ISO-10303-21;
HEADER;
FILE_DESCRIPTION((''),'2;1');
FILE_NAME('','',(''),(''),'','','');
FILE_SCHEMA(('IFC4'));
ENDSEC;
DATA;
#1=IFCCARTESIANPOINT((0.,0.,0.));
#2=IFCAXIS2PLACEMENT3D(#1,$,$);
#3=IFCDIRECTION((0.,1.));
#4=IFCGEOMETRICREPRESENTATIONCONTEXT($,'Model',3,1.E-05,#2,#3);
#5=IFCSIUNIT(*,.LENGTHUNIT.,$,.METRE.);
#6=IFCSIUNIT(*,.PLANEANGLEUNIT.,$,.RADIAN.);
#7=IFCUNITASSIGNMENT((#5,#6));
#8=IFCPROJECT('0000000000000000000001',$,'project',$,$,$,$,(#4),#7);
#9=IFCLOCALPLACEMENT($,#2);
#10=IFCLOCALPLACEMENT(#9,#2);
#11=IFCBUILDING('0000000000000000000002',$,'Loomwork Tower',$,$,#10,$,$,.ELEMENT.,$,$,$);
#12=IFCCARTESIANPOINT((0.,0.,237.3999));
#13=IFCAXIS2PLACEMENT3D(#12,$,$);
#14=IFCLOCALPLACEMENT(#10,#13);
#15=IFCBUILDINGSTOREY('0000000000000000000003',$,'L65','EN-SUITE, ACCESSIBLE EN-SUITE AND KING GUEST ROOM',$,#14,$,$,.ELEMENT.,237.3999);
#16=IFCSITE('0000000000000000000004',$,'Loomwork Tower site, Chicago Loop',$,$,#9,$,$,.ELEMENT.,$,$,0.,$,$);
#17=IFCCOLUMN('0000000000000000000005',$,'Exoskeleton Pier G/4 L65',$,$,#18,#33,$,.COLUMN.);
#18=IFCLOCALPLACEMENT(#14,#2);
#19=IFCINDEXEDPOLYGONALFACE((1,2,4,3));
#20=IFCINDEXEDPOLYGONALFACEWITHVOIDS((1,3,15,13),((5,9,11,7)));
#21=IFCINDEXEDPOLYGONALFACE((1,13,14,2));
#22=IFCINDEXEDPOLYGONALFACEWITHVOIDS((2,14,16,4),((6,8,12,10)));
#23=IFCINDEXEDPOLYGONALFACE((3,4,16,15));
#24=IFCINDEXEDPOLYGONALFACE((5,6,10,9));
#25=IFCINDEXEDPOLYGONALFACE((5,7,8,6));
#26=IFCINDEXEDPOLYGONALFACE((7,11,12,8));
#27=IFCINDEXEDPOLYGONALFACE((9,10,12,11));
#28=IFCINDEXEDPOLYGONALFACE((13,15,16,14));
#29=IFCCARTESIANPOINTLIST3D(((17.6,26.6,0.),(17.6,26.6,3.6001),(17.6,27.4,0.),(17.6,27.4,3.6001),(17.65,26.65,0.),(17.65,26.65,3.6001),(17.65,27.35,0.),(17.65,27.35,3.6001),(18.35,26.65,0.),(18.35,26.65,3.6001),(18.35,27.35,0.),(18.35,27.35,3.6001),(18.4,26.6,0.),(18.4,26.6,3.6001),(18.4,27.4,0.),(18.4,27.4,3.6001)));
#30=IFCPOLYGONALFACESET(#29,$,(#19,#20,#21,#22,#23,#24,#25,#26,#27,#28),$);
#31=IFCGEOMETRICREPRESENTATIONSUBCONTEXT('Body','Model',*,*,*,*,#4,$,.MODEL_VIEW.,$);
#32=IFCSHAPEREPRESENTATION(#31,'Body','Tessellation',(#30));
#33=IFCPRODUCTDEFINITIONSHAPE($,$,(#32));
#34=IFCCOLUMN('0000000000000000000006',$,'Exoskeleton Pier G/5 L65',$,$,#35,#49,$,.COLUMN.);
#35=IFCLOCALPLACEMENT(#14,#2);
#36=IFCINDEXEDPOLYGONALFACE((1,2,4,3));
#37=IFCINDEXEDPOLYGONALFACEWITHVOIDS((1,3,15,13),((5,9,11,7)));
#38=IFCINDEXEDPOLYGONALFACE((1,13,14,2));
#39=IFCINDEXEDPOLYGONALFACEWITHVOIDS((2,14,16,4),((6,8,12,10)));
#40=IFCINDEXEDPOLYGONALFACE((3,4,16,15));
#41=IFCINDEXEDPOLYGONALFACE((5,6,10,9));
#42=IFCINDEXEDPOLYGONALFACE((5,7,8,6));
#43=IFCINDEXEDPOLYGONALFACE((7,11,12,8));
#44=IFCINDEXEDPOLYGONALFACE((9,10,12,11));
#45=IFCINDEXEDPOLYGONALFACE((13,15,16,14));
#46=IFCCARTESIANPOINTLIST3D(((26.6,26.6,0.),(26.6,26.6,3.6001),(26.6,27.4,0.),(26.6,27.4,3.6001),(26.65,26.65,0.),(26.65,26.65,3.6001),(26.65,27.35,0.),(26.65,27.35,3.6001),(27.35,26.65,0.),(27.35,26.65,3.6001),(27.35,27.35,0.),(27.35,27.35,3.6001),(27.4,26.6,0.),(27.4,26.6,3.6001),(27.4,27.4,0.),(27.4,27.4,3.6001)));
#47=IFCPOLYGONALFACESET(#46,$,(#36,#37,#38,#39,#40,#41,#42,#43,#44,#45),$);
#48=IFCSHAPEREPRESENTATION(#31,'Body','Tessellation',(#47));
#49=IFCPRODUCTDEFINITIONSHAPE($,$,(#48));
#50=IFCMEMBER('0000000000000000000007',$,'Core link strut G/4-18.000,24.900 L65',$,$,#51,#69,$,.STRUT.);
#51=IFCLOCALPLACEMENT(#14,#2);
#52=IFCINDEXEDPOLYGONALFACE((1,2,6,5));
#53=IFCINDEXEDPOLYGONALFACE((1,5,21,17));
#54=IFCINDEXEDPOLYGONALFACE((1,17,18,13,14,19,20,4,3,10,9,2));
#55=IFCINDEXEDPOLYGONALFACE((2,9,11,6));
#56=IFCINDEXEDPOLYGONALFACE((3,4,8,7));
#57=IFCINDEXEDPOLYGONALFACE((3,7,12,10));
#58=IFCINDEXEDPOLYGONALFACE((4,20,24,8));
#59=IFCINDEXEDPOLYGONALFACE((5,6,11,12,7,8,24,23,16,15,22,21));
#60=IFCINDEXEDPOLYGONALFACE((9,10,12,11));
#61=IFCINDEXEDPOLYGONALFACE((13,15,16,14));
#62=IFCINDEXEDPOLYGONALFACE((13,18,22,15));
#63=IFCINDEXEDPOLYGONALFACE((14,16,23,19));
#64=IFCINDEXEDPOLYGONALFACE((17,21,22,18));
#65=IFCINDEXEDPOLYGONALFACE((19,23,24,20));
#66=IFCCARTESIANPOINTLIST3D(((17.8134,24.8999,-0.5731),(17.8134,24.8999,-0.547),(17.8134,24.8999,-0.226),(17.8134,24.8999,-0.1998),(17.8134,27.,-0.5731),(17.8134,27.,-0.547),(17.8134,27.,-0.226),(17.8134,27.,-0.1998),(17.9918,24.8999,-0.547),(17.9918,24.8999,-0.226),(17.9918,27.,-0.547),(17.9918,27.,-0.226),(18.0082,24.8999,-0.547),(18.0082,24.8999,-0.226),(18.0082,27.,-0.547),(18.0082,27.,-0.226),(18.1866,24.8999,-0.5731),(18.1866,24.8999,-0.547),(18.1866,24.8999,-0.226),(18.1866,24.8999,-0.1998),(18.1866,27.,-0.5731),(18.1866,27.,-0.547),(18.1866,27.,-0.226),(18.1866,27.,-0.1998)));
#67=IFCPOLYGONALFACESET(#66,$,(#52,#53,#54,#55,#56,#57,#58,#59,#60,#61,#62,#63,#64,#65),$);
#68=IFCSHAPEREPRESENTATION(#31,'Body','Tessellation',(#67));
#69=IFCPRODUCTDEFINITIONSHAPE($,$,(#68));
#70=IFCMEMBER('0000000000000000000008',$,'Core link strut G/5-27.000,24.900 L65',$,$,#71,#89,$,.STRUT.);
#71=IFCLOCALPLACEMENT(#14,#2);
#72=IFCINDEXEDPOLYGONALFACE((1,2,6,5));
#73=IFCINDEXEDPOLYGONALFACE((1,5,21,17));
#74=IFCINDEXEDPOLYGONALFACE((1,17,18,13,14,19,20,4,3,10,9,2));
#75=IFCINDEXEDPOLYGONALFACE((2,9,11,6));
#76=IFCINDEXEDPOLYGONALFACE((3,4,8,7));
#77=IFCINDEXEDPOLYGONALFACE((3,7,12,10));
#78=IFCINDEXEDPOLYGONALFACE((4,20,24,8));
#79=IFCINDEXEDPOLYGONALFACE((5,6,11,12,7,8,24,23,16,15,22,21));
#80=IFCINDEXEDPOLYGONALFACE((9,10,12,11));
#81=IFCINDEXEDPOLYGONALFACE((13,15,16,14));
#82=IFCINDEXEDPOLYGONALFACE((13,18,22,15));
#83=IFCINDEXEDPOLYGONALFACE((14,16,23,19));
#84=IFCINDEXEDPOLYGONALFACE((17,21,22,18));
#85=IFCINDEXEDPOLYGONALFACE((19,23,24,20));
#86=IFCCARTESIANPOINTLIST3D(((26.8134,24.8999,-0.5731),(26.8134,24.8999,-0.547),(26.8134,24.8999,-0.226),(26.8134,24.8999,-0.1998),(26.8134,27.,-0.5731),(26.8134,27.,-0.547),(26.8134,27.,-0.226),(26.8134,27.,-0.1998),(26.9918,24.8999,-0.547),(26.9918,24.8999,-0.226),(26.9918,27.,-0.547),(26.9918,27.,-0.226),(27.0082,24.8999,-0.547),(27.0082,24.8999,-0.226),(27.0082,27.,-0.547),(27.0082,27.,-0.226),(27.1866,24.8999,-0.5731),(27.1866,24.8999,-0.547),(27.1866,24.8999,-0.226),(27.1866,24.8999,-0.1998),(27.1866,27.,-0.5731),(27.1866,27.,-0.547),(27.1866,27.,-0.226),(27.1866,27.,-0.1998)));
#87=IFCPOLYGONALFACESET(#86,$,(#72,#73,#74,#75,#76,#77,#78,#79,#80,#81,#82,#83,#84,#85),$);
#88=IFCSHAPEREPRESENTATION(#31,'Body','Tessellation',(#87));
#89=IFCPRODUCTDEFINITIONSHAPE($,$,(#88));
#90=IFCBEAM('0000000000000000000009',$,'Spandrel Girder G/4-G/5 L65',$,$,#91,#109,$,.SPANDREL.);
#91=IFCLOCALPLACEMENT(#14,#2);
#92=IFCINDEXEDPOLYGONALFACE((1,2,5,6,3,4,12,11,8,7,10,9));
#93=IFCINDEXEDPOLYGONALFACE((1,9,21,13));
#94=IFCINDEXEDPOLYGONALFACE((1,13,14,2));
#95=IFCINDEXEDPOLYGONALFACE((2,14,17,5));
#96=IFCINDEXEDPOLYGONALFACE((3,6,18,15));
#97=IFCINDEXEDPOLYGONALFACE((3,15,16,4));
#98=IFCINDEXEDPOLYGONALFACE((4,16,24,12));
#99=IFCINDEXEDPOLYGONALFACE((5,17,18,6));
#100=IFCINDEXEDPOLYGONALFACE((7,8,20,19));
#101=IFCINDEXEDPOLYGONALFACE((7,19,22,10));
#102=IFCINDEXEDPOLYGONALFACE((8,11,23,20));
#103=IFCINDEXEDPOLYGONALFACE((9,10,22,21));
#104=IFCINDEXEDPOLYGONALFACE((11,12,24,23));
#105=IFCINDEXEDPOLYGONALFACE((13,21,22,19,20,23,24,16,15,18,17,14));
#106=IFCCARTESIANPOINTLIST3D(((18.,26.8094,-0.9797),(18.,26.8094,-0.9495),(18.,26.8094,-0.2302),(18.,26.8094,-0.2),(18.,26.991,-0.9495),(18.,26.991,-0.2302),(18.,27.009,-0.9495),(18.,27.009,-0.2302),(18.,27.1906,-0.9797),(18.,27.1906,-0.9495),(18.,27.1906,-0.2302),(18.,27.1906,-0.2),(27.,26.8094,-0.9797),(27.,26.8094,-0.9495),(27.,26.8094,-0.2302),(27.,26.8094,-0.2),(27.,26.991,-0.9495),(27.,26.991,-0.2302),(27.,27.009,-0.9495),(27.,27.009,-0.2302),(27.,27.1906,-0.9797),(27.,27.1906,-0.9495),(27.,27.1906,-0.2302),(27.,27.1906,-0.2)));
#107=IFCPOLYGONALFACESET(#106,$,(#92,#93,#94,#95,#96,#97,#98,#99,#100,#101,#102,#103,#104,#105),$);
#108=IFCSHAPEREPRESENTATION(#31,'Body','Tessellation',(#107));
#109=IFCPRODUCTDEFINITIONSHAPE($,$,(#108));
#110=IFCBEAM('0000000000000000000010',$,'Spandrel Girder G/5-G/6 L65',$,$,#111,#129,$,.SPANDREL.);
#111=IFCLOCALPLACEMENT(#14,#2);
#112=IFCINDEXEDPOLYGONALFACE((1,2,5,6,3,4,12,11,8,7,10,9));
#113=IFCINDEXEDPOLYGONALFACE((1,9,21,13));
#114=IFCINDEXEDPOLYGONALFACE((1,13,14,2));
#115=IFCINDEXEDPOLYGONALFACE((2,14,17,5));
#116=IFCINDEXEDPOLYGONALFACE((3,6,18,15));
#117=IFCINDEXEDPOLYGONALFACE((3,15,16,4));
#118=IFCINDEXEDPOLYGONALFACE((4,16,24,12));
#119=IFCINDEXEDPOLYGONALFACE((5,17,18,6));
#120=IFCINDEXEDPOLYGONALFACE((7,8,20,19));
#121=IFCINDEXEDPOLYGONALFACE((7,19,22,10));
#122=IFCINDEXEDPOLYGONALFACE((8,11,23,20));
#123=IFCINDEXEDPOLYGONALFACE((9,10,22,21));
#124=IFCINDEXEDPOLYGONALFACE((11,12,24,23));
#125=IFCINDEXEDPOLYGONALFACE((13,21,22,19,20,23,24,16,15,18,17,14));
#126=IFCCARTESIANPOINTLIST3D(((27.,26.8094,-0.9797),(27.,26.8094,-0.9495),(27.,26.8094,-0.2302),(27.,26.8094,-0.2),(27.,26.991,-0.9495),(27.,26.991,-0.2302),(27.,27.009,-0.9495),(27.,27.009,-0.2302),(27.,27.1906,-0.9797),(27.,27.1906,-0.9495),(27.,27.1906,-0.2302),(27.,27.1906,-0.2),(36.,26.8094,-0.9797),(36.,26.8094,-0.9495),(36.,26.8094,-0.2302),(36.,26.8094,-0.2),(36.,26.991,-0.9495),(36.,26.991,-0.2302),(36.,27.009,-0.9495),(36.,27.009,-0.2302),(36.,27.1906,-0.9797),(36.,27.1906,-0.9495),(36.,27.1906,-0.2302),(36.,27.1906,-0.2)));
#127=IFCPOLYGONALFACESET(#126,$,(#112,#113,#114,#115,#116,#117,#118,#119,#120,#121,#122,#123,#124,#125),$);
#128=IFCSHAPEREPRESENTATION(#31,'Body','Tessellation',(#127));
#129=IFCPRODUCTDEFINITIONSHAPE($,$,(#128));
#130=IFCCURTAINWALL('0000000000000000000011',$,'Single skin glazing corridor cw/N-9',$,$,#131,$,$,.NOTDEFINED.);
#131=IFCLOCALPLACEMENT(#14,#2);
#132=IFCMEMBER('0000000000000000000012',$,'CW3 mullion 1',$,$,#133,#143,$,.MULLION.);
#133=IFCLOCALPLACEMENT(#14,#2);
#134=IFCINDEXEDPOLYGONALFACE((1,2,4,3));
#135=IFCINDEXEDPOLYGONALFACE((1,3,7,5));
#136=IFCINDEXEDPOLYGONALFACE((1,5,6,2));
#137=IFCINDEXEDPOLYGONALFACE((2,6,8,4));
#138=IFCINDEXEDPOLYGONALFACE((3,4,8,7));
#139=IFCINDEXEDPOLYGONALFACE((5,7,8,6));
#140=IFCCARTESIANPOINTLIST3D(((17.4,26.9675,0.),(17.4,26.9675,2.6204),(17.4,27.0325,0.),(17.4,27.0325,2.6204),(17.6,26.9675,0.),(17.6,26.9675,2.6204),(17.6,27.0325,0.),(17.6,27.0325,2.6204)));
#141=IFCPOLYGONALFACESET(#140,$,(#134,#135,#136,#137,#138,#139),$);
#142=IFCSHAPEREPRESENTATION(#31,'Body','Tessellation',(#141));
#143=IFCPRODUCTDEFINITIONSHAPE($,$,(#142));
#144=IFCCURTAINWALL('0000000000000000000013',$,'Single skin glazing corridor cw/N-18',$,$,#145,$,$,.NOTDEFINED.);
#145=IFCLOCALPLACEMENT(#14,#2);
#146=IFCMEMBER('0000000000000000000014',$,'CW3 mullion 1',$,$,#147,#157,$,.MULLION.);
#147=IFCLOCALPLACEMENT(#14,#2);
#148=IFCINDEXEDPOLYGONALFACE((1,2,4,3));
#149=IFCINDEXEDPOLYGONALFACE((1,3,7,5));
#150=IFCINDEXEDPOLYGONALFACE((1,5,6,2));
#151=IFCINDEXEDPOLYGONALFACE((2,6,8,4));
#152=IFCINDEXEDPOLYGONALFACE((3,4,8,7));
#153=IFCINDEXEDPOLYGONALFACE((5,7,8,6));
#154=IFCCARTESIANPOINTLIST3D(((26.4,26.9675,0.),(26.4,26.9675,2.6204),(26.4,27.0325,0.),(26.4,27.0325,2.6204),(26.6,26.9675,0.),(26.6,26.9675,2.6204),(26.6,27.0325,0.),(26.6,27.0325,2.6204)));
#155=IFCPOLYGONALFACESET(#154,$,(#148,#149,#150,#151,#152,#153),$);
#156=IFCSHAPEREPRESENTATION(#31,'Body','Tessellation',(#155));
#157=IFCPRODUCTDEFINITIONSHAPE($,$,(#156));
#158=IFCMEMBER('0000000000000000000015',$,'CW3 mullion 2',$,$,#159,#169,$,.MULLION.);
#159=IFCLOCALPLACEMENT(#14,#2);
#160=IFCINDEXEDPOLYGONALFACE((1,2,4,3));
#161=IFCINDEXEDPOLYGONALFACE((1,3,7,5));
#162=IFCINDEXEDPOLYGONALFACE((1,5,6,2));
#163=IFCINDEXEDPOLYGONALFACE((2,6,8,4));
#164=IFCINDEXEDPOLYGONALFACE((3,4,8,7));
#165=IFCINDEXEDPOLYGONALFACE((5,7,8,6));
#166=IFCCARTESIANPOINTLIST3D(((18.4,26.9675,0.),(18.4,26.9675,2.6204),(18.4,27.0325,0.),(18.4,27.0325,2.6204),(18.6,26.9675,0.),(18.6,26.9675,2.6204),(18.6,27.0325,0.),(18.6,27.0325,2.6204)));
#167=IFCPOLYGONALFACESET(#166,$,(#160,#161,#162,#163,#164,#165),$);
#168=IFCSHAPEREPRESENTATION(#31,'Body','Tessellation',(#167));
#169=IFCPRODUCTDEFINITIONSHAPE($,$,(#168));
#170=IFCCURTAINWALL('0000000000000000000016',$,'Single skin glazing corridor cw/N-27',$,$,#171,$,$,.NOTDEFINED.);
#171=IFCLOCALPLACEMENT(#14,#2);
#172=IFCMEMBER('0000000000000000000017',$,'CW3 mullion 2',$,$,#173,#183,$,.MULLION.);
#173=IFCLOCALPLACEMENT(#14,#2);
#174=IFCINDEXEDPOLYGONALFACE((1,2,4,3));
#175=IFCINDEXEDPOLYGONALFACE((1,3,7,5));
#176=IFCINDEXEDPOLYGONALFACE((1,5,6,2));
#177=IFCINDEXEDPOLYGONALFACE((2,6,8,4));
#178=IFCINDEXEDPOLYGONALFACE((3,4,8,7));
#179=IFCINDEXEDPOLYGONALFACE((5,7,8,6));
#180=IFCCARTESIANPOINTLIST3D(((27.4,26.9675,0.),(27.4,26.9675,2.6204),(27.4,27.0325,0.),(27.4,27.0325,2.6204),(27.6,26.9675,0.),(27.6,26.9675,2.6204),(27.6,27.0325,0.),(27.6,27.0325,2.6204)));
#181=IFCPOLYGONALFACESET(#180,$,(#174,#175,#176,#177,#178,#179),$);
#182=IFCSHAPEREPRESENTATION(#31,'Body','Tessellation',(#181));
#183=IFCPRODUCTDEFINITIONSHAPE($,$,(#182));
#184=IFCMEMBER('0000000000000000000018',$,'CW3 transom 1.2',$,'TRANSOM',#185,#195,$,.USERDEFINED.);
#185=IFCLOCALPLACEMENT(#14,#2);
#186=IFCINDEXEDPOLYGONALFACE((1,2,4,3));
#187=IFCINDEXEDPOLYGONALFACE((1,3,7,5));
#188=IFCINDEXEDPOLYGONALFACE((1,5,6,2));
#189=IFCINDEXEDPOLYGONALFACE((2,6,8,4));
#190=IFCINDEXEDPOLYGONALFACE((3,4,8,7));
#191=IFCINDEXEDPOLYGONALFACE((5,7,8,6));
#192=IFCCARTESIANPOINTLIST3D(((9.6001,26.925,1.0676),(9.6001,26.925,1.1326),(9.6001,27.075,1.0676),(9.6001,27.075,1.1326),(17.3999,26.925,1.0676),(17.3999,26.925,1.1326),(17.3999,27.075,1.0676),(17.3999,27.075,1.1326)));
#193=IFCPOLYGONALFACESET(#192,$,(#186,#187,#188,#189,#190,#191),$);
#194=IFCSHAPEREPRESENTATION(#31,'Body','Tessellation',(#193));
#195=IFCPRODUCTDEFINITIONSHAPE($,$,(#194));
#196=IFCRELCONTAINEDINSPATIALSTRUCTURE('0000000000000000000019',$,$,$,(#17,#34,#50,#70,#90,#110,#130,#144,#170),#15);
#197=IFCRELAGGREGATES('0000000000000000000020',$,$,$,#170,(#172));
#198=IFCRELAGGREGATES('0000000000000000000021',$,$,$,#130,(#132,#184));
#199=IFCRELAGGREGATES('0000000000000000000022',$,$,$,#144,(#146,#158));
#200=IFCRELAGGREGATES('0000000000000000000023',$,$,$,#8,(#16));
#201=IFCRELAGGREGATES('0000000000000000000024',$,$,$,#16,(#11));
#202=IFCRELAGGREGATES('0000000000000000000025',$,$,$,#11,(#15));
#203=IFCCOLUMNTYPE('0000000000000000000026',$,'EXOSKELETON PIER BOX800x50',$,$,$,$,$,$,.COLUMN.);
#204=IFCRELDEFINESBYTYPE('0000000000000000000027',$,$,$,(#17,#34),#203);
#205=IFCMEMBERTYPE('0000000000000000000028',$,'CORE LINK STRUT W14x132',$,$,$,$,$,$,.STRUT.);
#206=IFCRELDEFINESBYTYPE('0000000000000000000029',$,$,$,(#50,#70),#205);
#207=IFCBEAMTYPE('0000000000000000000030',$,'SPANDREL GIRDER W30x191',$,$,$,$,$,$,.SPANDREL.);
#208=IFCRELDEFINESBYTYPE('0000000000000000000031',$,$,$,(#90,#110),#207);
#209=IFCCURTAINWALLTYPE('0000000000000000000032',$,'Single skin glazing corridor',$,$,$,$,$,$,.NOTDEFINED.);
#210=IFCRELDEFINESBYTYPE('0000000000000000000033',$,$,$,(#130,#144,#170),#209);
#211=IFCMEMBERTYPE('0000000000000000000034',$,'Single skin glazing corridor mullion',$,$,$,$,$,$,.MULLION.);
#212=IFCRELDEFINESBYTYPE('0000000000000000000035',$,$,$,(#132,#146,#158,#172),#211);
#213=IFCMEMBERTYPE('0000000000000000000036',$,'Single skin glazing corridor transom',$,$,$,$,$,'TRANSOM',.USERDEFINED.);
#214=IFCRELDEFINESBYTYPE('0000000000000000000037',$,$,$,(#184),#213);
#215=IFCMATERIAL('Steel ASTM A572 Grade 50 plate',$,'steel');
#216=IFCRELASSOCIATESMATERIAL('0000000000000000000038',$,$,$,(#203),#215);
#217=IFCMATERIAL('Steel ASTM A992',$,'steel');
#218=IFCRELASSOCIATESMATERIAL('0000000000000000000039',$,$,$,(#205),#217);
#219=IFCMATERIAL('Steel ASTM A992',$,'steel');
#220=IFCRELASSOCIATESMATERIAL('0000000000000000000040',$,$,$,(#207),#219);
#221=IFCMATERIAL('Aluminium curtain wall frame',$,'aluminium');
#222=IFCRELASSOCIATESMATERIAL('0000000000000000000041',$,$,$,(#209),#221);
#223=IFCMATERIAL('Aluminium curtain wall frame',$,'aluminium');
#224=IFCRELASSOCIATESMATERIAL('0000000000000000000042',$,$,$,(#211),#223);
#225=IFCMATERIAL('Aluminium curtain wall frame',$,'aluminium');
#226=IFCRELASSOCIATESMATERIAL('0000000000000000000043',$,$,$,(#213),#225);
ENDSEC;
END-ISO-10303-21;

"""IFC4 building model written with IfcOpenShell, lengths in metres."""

from ifc_helpers import new_model, si_unit, direction, frame, origin, origin_2d, place, context, subcontext, project, spatial, rectangle, hollow_rectangle, i_section, extrude, material, material_profile, profile_set, type_object, element, aggregate, save


model = new_model("IFC4")

# Units and contexts
model_context = context("Model", 3, precision=1e-05, world=origin(), true_north=direction((0.0, 1.0)))
body_context = subcontext(model_context, "Body", "Model", "MODEL_VIEW")
ifc_project = project(units=[si_unit("LENGTHUNIT", "METRE"), si_unit("PLANEANGLEUNIT", "RADIAN")], contexts=[model_context])

# Site, building, storey
site_placement = place(None, origin())
site = spatial("IfcSite", under=ifc_project, at=site_placement, Name="Loomwork Tower site, Chicago Loop", CompositionType="ELEMENT", RefElevation=0.0)
building_placement = place(site_placement, origin())
building = spatial("IfcBuilding", under=site, at=building_placement, Name="Loomwork Tower", CompositionType="ELEMENT")
storey_placement = place(building_placement, frame((0.0, 0.0, 237.3999)))
storey = spatial("IfcBuildingStorey", under=building, at=storey_placement, Name="L65", Description="EN-SUITE, ACCESSIBLE EN-SUITE AND KING GUEST ROOM", CompositionType="ELEMENT", Elevation=237.3999)

# Columns
ifc_material_1 = material(Name="Steel ASTM A572 Grade 50 plate", Category="steel")
ifc_material_profile_1 = material_profile(ifc_material_1, hollow_rectangle(XDim=0.8, YDim=0.8, WallThickness=0.05, at=origin_2d()), Name="BOX800x50")
ifc_profile_set_1 = profile_set([ifc_material_profile_1], Name="Steel ASTM A572 Grade 50 plate")
column_type = type_object("IfcColumnType", Name="EXOSKELETON PIER BOX800x50", PredefinedType="COLUMN", material=ifc_profile_set_1)
for number, where, z_axis, x_axis, name in (
    (1, (18.0, 27.0, 0.0), (0.0, 0.0, 1.0), (1.0, 0.0, 0.0), "Exoskeleton Pier G/4 L65"),
    (2, (27.0, 27.0, 0.0), (0.0, 0.0, 1.0), (1.0, 0.0, 0.0), "Exoskeleton Pier G/5 L65"),
):
    element("IfcColumn", number, at=place(storey_placement, frame(where, z_axis=z_axis, x_axis=x_axis)), inside=storey, type_object=column_type, Name=name, PredefinedType="COLUMN", context=body_context, shape_type="SweptSolid", body=[
        extrude(hollow_rectangle(XDim=0.8, YDim=0.8, WallThickness=0.05, at=origin_2d()), origin(), (0.0, 0.0, 1.0), 3.6001),
    ])

# Members
ifc_material_2 = material(Name="Steel ASTM A992", Category="steel")
ifc_material_profile_2 = material_profile(ifc_material_2, i_section(OverallWidth=0.3733, OverallDepth=0.3733, WebThickness=0.0164, FlangeThickness=0.0261, at=origin_2d()), Name="W14x132")
ifc_profile_set_2 = profile_set([ifc_material_profile_2], Name="Steel ASTM A992")
member_type_1 = type_object("IfcMemberType", Name="CORE LINK STRUT W14x132", PredefinedType="STRUT", material=ifc_profile_set_2)
for number, where, z_axis, x_axis, name in (
    (3, (18.0, 27.0, -0.3865), (0.0, -1.0, 0.0), (1.0, 0.0, 0.0), "Core link strut G/4-18.000,24.900 L65"),
    (4, (27.0, 27.0, -0.3865), (0.0, -1.0, 0.0), (1.0, 0.0, 0.0), "Core link strut G/5-27.000,24.900 L65"),
):
    element("IfcMember", number, at=place(storey_placement, frame(where, z_axis=z_axis, x_axis=x_axis)), inside=storey, type_object=member_type_1, Name=name, PredefinedType="STRUT", context=body_context, shape_type="SweptSolid", body=[
        extrude(i_section(OverallWidth=0.3733, OverallDepth=0.3733, WebThickness=0.0164, FlangeThickness=0.0261, at=origin_2d()), origin(), (0.0, 0.0, 1.0), 2.1001),
    ])

# Beams
ifc_material_3 = material(Name="Steel ASTM A992", Category="steel")
ifc_material_profile_3 = material_profile(ifc_material_3, i_section(OverallWidth=0.3811, OverallDepth=0.7798, WebThickness=0.0181, FlangeThickness=0.0303, at=origin_2d()), Name="W30x191")
ifc_profile_set_3 = profile_set([ifc_material_profile_3], Name="Steel ASTM A992")
beam_type = type_object("IfcBeamType", Name="SPANDREL GIRDER W30x191", PredefinedType="SPANDREL", material=ifc_profile_set_3)
for number, where, z_axis, x_axis, name in (
    (5, (18.0, 27.0, -0.5898), (1.0, 0.0, 0.0), (0.0, 1.0, 0.0), "Spandrel Girder G/4-G/5 L65"),
    (6, (27.0, 27.0, -0.5898), (1.0, 0.0, 0.0), (0.0, 1.0, 0.0), "Spandrel Girder G/5-G/6 L65"),
):
    element("IfcBeam", number, at=place(storey_placement, frame(where, z_axis=z_axis, x_axis=x_axis)), inside=storey, type_object=beam_type, Name=name, PredefinedType="SPANDREL", context=body_context, shape_type="SweptSolid", body=[
        extrude(i_section(OverallWidth=0.3811, OverallDepth=0.7798, WebThickness=0.0181, FlangeThickness=0.0303, at=origin_2d()), origin(), (0.0, 0.0, 1.0), 9.0),
    ])

# Curtain wall, member
ifc_material_4 = material(Name="Aluminium curtain wall frame", Category="aluminium")
curtain_wall_type = type_object("IfcCurtainWallType", Name="Single skin glazing corridor", PredefinedType="NOTDEFINED", material=ifc_material_4)
curtain_wall_1_placement = place(storey_placement, origin())
curtain_wall_1 = element("IfcCurtainWall", 7, at=curtain_wall_1_placement, inside=storey, type_object=curtain_wall_type, Name="Single skin glazing corridor cw/N-9", PredefinedType="NOTDEFINED")
ifc_material_5 = material(Name="Aluminium curtain wall frame", Category="aluminium")
ifc_material_profile_4 = material_profile(ifc_material_5, rectangle(XDim=0.0649, YDim=0.2, at=origin_2d()), Name="AL 65x200")
ifc_profile_set_4 = profile_set([ifc_material_profile_4], Name="Aluminium curtain wall frame")
member_type_2 = type_object("IfcMemberType", Name="Single skin glazing corridor mullion", PredefinedType="MULLION", material=ifc_profile_set_4)
member_1_placement = place(storey_placement, frame((17.5, 27.0, 0.0), z_axis=(0.0, 0.0, 1.0), x_axis=(0.0, -1.0, 0.0)))
member_1 = element("IfcMember", 8, at=member_1_placement, type_object=member_type_2, Name="CW3 mullion 1", PredefinedType="MULLION", context=body_context, shape_type="SweptSolid", body=[
    extrude(rectangle(XDim=0.0649, YDim=0.2, at=origin_2d()), origin(), (0.0, 0.0, 1.0), 2.6204),
])

# Curtain wall, members
curtain_wall_2_placement = place(storey_placement, origin())
curtain_wall_2 = element("IfcCurtainWall", 9, at=curtain_wall_2_placement, inside=storey, type_object=curtain_wall_type, Name="Single skin glazing corridor cw/N-18", PredefinedType="NOTDEFINED")
member_2_placement = place(storey_placement, frame((26.5, 27.0, 0.0), z_axis=(0.0, 0.0, 1.0), x_axis=(0.0, -1.0, 0.0)))
member_2 = element("IfcMember", 10, at=member_2_placement, type_object=member_type_2, Name="CW3 mullion 1", PredefinedType="MULLION", context=body_context, shape_type="SweptSolid", body=[
    extrude(rectangle(XDim=0.0649, YDim=0.2, at=origin_2d()), origin(), (0.0, 0.0, 1.0), 2.6204),
])
member_3_placement = place(storey_placement, frame((18.5, 27.0, 0.0), z_axis=(0.0, 0.0, 1.0), x_axis=(0.0, -1.0, 0.0)))
member_3 = element("IfcMember", 11, at=member_3_placement, type_object=member_type_2, Name="CW3 mullion 2", PredefinedType="MULLION", context=body_context, shape_type="SweptSolid", body=[
    extrude(rectangle(XDim=0.0649, YDim=0.2, at=origin_2d()), origin(), (0.0, 0.0, 1.0), 2.6204),
])

# Curtain wall, member
curtain_wall_3_placement = place(storey_placement, origin())
curtain_wall_3 = element("IfcCurtainWall", 12, at=curtain_wall_3_placement, inside=storey, type_object=curtain_wall_type, Name="Single skin glazing corridor cw/N-27", PredefinedType="NOTDEFINED")
member_4_placement = place(storey_placement, frame((27.5, 27.0, 0.0), z_axis=(0.0, 0.0, 1.0), x_axis=(0.0, -1.0, 0.0)))
member_4 = element("IfcMember", 13, at=member_4_placement, type_object=member_type_2, Name="CW3 mullion 2", PredefinedType="MULLION", context=body_context, shape_type="SweptSolid", body=[
    extrude(rectangle(XDim=0.0649, YDim=0.2, at=origin_2d()), origin(), (0.0, 0.0, 1.0), 2.6204),
])
aggregate(curtain_wall_3, [member_4])

# Member
ifc_material_6 = material(Name="Aluminium curtain wall frame", Category="aluminium")
ifc_material_profile_5 = material_profile(ifc_material_6, rectangle(XDim=0.1499, YDim=0.0649, at=origin_2d()), Name="AL 65x150")
ifc_profile_set_5 = profile_set([ifc_material_profile_5], Name="Aluminium curtain wall frame")
member_type_3 = type_object("IfcMemberType", Name="Single skin glazing corridor transom", ElementType="TRANSOM", PredefinedType="USERDEFINED", material=ifc_profile_set_5)
member_5_placement = place(storey_placement, frame((17.3999, 27.0, 1.1001), z_axis=(-1.0, 0.0, 0.0), x_axis=(0.0, -1.0, 0.0)))
member_5 = element("IfcMember", 14, at=member_5_placement, type_object=member_type_3, Name="CW3 transom 1.2", ObjectType="TRANSOM", PredefinedType="USERDEFINED", context=body_context, shape_type="SweptSolid", body=[
    extrude(rectangle(XDim=0.1499, YDim=0.0649, at=origin_2d()), origin(), (0.0, 0.0, 1.0), 7.7998),
])
aggregate(curtain_wall_1, [member_1, member_5])

aggregate(curtain_wall_2, [member_2, member_3])

save(model, "model.ifc")
